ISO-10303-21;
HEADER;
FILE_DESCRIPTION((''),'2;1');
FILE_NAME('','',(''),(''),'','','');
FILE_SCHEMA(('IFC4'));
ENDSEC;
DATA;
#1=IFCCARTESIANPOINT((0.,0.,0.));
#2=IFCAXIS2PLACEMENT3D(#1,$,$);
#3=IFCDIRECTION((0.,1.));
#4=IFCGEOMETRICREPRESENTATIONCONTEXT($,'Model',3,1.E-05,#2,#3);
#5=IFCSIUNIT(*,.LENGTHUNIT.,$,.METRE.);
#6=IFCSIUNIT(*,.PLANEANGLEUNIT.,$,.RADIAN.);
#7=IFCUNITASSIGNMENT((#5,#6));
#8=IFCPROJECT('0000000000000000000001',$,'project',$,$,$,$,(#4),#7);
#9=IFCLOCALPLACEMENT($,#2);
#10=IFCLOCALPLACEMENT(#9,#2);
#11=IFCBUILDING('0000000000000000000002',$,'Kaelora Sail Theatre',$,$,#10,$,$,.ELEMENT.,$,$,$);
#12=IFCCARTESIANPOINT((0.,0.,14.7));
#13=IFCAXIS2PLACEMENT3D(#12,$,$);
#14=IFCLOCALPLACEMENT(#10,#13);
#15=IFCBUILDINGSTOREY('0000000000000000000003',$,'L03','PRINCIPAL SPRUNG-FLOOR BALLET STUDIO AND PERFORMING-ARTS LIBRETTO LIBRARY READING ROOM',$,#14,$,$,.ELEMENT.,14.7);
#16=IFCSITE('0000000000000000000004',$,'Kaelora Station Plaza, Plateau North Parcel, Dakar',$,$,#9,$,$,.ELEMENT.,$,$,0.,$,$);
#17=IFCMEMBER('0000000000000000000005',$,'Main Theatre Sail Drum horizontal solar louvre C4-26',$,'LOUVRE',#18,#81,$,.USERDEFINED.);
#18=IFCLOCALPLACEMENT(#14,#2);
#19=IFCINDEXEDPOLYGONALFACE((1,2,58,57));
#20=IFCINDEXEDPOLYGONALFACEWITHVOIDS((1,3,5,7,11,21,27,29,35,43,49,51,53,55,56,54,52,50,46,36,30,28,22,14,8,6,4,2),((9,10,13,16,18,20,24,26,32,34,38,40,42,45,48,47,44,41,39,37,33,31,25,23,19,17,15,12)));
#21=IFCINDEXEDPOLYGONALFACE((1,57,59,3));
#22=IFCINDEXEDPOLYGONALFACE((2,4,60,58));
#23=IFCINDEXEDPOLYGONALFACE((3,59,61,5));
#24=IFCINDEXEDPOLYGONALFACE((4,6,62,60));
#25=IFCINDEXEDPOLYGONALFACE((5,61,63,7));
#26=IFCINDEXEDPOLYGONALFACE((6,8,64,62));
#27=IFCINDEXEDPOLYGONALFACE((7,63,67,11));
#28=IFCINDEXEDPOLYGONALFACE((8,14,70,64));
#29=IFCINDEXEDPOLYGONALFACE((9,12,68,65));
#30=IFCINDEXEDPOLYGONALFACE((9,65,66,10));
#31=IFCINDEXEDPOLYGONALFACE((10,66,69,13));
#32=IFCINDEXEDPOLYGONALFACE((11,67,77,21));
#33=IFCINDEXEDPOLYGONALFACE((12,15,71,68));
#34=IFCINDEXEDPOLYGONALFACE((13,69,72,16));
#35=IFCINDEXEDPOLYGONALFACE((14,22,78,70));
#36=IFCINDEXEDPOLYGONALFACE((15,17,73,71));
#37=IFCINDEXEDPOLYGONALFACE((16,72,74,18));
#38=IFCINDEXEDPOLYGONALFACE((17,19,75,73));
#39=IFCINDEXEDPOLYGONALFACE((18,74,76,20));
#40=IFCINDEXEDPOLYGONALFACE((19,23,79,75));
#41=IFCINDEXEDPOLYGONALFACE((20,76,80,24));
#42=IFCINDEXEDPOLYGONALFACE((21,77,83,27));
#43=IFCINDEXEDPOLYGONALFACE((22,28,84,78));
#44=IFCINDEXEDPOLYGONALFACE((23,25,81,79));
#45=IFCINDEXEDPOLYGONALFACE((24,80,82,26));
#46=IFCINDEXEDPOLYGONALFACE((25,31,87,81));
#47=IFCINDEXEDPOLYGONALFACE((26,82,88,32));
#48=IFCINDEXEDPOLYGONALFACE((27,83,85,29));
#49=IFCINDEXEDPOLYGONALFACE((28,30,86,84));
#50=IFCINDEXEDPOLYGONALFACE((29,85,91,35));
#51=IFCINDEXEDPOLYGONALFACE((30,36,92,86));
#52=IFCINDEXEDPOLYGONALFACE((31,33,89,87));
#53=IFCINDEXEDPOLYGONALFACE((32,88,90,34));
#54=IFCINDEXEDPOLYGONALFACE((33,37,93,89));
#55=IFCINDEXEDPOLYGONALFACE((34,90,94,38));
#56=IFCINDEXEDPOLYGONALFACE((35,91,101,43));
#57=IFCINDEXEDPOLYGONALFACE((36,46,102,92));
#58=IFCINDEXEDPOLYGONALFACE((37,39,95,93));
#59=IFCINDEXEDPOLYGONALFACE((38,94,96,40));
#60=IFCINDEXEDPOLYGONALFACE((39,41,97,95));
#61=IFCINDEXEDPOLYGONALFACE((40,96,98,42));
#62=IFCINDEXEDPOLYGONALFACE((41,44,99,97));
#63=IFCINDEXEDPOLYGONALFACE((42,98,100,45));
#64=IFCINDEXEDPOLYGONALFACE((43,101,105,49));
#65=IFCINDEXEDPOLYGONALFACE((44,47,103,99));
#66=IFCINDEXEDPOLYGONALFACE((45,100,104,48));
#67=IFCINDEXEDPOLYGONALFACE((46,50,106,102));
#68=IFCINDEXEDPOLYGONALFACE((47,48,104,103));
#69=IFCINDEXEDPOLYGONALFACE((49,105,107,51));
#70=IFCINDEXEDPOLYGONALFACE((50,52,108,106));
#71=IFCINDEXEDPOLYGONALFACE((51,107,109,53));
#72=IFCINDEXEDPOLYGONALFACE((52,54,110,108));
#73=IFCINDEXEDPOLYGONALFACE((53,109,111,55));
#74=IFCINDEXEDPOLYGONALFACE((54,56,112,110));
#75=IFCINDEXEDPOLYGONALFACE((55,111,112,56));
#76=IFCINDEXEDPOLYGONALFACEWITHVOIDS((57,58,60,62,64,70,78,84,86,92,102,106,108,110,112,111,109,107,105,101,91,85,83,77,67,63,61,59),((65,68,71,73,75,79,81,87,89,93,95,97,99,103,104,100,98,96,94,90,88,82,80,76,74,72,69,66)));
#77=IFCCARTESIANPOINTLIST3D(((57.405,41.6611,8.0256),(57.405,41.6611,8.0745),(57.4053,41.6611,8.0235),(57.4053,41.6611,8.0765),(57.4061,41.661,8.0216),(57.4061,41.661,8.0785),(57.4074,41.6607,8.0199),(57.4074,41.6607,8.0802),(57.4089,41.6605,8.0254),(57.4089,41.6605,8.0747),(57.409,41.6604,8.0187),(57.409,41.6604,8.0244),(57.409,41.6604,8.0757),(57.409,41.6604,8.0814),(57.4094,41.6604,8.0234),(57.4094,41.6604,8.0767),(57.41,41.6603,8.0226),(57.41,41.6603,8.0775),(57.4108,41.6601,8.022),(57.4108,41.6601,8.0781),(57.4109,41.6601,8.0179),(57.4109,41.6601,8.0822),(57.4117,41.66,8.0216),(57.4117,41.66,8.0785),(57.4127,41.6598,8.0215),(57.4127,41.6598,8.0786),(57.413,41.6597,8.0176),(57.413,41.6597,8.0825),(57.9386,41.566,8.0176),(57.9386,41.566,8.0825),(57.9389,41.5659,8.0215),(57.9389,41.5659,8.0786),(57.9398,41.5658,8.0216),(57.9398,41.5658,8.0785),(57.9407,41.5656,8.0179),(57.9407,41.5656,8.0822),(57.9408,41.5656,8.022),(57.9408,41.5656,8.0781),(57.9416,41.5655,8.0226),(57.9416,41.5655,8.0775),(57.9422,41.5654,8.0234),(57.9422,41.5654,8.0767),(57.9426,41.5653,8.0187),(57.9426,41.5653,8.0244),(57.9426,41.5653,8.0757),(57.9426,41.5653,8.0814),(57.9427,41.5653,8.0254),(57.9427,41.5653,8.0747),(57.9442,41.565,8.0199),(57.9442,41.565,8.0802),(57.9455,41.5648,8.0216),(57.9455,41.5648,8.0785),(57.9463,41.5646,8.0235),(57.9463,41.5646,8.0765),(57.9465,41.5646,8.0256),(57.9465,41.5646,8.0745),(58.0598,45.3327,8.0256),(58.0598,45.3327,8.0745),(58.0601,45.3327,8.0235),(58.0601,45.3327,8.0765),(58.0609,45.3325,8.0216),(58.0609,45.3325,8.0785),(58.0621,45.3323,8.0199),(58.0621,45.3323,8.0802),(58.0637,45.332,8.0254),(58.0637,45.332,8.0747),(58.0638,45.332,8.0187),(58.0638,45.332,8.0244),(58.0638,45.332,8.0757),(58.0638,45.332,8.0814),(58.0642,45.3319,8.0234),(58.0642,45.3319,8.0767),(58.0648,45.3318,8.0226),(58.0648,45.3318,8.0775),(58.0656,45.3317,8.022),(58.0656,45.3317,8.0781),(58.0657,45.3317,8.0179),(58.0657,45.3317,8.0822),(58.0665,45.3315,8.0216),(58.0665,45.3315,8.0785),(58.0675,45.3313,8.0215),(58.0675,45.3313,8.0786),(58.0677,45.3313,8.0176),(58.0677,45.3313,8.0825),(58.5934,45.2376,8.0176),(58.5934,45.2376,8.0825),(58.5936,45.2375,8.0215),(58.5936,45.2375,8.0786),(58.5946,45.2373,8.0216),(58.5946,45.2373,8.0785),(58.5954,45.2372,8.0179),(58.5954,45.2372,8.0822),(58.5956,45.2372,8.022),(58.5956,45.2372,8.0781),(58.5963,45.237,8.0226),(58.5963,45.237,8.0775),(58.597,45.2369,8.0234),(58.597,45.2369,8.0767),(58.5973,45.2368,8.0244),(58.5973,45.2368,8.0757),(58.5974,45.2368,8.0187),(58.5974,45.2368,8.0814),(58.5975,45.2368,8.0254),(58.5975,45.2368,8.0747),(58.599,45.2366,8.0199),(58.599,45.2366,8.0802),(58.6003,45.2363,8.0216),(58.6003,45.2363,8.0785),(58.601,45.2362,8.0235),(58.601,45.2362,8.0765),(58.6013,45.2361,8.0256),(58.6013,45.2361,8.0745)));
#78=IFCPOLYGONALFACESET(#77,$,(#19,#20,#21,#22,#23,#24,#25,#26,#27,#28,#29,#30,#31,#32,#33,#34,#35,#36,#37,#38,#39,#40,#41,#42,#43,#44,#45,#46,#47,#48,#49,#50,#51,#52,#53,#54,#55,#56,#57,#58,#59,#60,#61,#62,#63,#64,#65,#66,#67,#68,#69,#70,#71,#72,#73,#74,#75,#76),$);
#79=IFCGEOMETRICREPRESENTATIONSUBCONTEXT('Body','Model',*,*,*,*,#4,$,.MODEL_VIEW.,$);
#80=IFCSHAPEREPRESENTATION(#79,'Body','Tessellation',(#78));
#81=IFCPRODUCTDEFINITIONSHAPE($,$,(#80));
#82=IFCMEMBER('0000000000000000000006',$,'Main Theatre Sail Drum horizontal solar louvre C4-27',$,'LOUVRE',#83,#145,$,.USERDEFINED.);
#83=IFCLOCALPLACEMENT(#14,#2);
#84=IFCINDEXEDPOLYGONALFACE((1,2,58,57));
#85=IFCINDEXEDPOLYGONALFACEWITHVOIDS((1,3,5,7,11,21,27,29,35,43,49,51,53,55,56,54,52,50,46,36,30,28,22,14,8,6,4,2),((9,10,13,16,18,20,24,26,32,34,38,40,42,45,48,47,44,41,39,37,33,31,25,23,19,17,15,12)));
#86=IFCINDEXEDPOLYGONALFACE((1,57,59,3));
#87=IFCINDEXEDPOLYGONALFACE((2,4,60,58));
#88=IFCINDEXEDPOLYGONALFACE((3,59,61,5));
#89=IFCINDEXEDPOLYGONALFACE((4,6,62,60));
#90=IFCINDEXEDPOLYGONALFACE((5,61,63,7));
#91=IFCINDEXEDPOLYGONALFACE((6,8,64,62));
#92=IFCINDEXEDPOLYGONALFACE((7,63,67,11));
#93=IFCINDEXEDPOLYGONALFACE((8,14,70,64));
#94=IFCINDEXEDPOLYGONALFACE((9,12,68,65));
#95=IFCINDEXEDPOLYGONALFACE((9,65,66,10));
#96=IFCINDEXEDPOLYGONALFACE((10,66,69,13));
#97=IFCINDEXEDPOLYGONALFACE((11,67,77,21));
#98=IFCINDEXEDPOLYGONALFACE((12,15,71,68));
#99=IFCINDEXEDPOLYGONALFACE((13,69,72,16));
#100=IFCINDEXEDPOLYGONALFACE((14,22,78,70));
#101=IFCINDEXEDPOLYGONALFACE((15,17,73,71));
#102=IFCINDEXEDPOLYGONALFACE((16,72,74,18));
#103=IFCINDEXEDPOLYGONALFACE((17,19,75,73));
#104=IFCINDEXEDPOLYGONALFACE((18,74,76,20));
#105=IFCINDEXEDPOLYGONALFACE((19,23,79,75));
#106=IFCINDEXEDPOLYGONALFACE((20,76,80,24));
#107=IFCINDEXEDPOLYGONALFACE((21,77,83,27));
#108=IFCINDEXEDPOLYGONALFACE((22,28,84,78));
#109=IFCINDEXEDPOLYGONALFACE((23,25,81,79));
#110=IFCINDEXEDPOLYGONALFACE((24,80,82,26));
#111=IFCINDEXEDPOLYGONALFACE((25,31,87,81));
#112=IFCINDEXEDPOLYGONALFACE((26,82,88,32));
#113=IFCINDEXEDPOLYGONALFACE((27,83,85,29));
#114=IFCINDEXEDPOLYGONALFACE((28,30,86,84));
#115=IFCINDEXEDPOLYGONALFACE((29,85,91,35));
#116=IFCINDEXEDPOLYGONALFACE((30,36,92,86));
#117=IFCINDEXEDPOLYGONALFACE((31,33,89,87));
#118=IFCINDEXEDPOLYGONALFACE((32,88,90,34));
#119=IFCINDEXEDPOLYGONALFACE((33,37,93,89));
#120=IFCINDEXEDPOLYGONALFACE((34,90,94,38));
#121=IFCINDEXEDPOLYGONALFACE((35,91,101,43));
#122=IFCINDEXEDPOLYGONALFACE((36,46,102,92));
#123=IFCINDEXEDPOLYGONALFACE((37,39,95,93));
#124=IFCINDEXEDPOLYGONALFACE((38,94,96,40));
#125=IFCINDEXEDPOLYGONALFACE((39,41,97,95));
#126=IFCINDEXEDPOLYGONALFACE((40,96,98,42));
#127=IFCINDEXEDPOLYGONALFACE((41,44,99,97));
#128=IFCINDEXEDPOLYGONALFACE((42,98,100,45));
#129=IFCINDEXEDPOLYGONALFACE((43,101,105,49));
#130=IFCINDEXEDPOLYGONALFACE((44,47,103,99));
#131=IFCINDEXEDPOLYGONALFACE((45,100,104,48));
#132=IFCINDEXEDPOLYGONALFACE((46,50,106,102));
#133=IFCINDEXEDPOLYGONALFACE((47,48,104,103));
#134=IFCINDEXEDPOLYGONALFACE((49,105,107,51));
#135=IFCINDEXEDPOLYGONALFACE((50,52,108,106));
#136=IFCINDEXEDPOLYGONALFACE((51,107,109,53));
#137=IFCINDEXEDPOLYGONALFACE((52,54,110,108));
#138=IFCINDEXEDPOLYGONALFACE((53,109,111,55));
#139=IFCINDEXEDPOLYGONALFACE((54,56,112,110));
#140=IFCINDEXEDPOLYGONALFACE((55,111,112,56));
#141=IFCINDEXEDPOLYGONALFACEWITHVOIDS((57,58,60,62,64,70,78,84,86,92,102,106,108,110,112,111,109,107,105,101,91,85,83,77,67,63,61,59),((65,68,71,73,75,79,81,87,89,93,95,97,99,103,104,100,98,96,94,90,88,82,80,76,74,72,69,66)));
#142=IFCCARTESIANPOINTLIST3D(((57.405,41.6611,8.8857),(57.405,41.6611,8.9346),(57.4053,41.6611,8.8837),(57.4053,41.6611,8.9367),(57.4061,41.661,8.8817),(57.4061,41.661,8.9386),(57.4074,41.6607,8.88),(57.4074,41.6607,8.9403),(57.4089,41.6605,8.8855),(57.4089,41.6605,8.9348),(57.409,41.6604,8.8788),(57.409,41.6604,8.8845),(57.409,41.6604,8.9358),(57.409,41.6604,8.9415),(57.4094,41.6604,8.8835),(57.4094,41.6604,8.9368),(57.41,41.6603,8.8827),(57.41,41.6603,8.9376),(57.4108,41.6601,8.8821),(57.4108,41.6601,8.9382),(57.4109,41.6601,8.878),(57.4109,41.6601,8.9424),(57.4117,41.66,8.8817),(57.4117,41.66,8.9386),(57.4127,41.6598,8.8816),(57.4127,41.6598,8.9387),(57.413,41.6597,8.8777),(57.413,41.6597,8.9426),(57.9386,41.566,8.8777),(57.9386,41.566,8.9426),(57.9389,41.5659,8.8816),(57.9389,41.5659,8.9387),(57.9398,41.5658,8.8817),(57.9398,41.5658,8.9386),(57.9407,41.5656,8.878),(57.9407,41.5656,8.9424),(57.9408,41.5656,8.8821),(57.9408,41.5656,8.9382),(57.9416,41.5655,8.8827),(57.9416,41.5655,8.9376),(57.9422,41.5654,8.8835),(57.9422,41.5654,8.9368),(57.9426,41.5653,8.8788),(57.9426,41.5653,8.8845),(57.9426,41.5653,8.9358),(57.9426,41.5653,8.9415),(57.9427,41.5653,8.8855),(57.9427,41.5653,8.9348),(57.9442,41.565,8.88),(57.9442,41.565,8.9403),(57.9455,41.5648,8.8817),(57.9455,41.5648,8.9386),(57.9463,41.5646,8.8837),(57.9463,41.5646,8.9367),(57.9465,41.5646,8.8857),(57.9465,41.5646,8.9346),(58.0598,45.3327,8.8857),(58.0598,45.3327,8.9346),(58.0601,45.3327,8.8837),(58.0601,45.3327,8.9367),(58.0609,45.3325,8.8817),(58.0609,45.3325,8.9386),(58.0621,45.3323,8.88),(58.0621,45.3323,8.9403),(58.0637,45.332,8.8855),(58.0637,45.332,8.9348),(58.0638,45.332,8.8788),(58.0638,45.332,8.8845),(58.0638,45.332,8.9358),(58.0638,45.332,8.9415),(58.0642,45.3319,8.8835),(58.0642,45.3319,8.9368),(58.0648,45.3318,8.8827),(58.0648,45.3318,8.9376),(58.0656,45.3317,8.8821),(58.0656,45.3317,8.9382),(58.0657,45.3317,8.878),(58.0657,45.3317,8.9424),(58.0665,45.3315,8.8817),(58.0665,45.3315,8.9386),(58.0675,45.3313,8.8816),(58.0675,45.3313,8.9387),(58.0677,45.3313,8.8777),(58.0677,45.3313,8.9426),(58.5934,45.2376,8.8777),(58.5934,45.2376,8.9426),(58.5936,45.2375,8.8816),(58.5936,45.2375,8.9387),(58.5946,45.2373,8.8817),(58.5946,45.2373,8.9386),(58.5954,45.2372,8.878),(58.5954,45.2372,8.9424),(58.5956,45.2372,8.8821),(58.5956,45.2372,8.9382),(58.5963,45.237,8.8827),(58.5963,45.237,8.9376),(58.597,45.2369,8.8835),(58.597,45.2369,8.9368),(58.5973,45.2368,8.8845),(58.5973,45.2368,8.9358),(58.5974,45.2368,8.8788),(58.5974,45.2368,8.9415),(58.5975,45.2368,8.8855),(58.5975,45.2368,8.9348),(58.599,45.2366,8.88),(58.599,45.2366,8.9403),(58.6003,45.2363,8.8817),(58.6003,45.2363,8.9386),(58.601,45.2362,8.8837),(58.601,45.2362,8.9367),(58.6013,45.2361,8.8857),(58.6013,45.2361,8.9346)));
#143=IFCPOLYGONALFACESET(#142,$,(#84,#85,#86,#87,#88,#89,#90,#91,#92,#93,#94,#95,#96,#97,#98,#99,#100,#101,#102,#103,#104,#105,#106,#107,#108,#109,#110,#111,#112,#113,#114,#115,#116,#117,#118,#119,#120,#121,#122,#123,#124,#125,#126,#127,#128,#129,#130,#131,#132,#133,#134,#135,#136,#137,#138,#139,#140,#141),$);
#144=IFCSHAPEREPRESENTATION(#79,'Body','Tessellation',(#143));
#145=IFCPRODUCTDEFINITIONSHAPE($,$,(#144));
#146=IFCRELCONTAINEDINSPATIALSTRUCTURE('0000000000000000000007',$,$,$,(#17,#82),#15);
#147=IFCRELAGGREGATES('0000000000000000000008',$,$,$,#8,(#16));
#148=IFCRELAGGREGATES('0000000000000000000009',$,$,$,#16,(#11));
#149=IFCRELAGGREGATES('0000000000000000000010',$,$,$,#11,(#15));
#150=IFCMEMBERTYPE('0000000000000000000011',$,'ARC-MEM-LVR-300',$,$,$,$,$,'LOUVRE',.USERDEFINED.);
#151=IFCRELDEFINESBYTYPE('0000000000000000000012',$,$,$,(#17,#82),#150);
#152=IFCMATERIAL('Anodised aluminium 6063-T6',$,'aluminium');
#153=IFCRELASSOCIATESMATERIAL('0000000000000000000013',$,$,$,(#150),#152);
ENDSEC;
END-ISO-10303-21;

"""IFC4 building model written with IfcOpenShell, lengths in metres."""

from ifc_helpers import new_model, si_unit, direction, frame, origin, origin_2d, place, context, subcontext, project, spatial, hollow_rectangle, extrude, material, material_profile, profile_set, type_object, element, save


model = new_model("IFC4")

# Units and contexts
model_context = context("Model", 3, precision=1e-05, world=origin(), true_north=direction((0.0, 1.0)))
body_context = subcontext(model_context, "Body", "Model", "MODEL_VIEW")
ifc_project = project(units=[si_unit("LENGTHUNIT", "METRE"), si_unit("PLANEANGLEUNIT", "RADIAN")], contexts=[model_context])

# Site, building, storey
site_placement = place(None, origin())
site = spatial("IfcSite", under=ifc_project, at=site_placement, Name="Kaelora Station Plaza, Plateau North Parcel, Dakar", CompositionType="ELEMENT", RefElevation=0.0)
building_placement = place(site_placement, origin())
building = spatial("IfcBuilding", under=site, at=building_placement, Name="Kaelora Sail Theatre", CompositionType="ELEMENT")
storey_placement = place(building_placement, frame((0.0, 0.0, 14.7)))
storey = spatial("IfcBuildingStorey", under=building, at=storey_placement, Name="L03", Description="PRINCIPAL SPRUNG-FLOOR BALLET STUDIO AND PERFORMING-ARTS LIBRETTO LIBRARY READING ROOM", CompositionType="ELEMENT", Elevation=14.7)

# Members
ifc_material_1 = material(Name="Anodised aluminium 6063-T6", Category="aluminium")
ifc_material_profile_1 = material_profile(ifc_material_1, hollow_rectangle(XDim=0.55, YDim=0.0649, WallThickness=0.0039, InnerFilletRadius=0.0039, OuterFilletRadius=0.0081, at=origin_2d()), Name="LOUVRE 550x65x4")
ifc_profile_set_1 = profile_set([ifc_material_profile_1], Name="Anodised aluminium 6063-T6")
member_type = type_object("IfcMemberType", Name="ARC-MEM-LVR-300", ElementType="LOUVRE", PredefinedType="USERDEFINED", material=ifc_profile_set_1)
for number, where, z_axis, x_axis, name in (
    (1, (58.3306, 45.2844, 8.05), (-0.175566, -0.984468, 0.0), (0.984468, -0.175566, 0.0), "Main Theatre Sail Drum horizontal solar louvre C4-26"),
    (2, (58.3306, 45.2844, 8.9102), (-0.175566, -0.984468, 0.0), (0.984468, -0.175566, 0.0), "Main Theatre Sail Drum horizontal solar louvre C4-27"),
):
    element("IfcMember", number, at=place(storey_placement, frame(where, z_axis=z_axis, x_axis=x_axis)), inside=storey, type_object=member_type, Name=name, ObjectType="LOUVRE", PredefinedType="USERDEFINED", context=body_context, shape_type="SweptSolid", body=[
        extrude(hollow_rectangle(XDim=0.55, YDim=0.0649, WallThickness=0.0039, InnerFilletRadius=0.0039, OuterFilletRadius=0.0081, at=origin_2d()), origin(), (0.0, 0.0, 1.0), 3.7295),
    ])

save(model, "model.ifc")
